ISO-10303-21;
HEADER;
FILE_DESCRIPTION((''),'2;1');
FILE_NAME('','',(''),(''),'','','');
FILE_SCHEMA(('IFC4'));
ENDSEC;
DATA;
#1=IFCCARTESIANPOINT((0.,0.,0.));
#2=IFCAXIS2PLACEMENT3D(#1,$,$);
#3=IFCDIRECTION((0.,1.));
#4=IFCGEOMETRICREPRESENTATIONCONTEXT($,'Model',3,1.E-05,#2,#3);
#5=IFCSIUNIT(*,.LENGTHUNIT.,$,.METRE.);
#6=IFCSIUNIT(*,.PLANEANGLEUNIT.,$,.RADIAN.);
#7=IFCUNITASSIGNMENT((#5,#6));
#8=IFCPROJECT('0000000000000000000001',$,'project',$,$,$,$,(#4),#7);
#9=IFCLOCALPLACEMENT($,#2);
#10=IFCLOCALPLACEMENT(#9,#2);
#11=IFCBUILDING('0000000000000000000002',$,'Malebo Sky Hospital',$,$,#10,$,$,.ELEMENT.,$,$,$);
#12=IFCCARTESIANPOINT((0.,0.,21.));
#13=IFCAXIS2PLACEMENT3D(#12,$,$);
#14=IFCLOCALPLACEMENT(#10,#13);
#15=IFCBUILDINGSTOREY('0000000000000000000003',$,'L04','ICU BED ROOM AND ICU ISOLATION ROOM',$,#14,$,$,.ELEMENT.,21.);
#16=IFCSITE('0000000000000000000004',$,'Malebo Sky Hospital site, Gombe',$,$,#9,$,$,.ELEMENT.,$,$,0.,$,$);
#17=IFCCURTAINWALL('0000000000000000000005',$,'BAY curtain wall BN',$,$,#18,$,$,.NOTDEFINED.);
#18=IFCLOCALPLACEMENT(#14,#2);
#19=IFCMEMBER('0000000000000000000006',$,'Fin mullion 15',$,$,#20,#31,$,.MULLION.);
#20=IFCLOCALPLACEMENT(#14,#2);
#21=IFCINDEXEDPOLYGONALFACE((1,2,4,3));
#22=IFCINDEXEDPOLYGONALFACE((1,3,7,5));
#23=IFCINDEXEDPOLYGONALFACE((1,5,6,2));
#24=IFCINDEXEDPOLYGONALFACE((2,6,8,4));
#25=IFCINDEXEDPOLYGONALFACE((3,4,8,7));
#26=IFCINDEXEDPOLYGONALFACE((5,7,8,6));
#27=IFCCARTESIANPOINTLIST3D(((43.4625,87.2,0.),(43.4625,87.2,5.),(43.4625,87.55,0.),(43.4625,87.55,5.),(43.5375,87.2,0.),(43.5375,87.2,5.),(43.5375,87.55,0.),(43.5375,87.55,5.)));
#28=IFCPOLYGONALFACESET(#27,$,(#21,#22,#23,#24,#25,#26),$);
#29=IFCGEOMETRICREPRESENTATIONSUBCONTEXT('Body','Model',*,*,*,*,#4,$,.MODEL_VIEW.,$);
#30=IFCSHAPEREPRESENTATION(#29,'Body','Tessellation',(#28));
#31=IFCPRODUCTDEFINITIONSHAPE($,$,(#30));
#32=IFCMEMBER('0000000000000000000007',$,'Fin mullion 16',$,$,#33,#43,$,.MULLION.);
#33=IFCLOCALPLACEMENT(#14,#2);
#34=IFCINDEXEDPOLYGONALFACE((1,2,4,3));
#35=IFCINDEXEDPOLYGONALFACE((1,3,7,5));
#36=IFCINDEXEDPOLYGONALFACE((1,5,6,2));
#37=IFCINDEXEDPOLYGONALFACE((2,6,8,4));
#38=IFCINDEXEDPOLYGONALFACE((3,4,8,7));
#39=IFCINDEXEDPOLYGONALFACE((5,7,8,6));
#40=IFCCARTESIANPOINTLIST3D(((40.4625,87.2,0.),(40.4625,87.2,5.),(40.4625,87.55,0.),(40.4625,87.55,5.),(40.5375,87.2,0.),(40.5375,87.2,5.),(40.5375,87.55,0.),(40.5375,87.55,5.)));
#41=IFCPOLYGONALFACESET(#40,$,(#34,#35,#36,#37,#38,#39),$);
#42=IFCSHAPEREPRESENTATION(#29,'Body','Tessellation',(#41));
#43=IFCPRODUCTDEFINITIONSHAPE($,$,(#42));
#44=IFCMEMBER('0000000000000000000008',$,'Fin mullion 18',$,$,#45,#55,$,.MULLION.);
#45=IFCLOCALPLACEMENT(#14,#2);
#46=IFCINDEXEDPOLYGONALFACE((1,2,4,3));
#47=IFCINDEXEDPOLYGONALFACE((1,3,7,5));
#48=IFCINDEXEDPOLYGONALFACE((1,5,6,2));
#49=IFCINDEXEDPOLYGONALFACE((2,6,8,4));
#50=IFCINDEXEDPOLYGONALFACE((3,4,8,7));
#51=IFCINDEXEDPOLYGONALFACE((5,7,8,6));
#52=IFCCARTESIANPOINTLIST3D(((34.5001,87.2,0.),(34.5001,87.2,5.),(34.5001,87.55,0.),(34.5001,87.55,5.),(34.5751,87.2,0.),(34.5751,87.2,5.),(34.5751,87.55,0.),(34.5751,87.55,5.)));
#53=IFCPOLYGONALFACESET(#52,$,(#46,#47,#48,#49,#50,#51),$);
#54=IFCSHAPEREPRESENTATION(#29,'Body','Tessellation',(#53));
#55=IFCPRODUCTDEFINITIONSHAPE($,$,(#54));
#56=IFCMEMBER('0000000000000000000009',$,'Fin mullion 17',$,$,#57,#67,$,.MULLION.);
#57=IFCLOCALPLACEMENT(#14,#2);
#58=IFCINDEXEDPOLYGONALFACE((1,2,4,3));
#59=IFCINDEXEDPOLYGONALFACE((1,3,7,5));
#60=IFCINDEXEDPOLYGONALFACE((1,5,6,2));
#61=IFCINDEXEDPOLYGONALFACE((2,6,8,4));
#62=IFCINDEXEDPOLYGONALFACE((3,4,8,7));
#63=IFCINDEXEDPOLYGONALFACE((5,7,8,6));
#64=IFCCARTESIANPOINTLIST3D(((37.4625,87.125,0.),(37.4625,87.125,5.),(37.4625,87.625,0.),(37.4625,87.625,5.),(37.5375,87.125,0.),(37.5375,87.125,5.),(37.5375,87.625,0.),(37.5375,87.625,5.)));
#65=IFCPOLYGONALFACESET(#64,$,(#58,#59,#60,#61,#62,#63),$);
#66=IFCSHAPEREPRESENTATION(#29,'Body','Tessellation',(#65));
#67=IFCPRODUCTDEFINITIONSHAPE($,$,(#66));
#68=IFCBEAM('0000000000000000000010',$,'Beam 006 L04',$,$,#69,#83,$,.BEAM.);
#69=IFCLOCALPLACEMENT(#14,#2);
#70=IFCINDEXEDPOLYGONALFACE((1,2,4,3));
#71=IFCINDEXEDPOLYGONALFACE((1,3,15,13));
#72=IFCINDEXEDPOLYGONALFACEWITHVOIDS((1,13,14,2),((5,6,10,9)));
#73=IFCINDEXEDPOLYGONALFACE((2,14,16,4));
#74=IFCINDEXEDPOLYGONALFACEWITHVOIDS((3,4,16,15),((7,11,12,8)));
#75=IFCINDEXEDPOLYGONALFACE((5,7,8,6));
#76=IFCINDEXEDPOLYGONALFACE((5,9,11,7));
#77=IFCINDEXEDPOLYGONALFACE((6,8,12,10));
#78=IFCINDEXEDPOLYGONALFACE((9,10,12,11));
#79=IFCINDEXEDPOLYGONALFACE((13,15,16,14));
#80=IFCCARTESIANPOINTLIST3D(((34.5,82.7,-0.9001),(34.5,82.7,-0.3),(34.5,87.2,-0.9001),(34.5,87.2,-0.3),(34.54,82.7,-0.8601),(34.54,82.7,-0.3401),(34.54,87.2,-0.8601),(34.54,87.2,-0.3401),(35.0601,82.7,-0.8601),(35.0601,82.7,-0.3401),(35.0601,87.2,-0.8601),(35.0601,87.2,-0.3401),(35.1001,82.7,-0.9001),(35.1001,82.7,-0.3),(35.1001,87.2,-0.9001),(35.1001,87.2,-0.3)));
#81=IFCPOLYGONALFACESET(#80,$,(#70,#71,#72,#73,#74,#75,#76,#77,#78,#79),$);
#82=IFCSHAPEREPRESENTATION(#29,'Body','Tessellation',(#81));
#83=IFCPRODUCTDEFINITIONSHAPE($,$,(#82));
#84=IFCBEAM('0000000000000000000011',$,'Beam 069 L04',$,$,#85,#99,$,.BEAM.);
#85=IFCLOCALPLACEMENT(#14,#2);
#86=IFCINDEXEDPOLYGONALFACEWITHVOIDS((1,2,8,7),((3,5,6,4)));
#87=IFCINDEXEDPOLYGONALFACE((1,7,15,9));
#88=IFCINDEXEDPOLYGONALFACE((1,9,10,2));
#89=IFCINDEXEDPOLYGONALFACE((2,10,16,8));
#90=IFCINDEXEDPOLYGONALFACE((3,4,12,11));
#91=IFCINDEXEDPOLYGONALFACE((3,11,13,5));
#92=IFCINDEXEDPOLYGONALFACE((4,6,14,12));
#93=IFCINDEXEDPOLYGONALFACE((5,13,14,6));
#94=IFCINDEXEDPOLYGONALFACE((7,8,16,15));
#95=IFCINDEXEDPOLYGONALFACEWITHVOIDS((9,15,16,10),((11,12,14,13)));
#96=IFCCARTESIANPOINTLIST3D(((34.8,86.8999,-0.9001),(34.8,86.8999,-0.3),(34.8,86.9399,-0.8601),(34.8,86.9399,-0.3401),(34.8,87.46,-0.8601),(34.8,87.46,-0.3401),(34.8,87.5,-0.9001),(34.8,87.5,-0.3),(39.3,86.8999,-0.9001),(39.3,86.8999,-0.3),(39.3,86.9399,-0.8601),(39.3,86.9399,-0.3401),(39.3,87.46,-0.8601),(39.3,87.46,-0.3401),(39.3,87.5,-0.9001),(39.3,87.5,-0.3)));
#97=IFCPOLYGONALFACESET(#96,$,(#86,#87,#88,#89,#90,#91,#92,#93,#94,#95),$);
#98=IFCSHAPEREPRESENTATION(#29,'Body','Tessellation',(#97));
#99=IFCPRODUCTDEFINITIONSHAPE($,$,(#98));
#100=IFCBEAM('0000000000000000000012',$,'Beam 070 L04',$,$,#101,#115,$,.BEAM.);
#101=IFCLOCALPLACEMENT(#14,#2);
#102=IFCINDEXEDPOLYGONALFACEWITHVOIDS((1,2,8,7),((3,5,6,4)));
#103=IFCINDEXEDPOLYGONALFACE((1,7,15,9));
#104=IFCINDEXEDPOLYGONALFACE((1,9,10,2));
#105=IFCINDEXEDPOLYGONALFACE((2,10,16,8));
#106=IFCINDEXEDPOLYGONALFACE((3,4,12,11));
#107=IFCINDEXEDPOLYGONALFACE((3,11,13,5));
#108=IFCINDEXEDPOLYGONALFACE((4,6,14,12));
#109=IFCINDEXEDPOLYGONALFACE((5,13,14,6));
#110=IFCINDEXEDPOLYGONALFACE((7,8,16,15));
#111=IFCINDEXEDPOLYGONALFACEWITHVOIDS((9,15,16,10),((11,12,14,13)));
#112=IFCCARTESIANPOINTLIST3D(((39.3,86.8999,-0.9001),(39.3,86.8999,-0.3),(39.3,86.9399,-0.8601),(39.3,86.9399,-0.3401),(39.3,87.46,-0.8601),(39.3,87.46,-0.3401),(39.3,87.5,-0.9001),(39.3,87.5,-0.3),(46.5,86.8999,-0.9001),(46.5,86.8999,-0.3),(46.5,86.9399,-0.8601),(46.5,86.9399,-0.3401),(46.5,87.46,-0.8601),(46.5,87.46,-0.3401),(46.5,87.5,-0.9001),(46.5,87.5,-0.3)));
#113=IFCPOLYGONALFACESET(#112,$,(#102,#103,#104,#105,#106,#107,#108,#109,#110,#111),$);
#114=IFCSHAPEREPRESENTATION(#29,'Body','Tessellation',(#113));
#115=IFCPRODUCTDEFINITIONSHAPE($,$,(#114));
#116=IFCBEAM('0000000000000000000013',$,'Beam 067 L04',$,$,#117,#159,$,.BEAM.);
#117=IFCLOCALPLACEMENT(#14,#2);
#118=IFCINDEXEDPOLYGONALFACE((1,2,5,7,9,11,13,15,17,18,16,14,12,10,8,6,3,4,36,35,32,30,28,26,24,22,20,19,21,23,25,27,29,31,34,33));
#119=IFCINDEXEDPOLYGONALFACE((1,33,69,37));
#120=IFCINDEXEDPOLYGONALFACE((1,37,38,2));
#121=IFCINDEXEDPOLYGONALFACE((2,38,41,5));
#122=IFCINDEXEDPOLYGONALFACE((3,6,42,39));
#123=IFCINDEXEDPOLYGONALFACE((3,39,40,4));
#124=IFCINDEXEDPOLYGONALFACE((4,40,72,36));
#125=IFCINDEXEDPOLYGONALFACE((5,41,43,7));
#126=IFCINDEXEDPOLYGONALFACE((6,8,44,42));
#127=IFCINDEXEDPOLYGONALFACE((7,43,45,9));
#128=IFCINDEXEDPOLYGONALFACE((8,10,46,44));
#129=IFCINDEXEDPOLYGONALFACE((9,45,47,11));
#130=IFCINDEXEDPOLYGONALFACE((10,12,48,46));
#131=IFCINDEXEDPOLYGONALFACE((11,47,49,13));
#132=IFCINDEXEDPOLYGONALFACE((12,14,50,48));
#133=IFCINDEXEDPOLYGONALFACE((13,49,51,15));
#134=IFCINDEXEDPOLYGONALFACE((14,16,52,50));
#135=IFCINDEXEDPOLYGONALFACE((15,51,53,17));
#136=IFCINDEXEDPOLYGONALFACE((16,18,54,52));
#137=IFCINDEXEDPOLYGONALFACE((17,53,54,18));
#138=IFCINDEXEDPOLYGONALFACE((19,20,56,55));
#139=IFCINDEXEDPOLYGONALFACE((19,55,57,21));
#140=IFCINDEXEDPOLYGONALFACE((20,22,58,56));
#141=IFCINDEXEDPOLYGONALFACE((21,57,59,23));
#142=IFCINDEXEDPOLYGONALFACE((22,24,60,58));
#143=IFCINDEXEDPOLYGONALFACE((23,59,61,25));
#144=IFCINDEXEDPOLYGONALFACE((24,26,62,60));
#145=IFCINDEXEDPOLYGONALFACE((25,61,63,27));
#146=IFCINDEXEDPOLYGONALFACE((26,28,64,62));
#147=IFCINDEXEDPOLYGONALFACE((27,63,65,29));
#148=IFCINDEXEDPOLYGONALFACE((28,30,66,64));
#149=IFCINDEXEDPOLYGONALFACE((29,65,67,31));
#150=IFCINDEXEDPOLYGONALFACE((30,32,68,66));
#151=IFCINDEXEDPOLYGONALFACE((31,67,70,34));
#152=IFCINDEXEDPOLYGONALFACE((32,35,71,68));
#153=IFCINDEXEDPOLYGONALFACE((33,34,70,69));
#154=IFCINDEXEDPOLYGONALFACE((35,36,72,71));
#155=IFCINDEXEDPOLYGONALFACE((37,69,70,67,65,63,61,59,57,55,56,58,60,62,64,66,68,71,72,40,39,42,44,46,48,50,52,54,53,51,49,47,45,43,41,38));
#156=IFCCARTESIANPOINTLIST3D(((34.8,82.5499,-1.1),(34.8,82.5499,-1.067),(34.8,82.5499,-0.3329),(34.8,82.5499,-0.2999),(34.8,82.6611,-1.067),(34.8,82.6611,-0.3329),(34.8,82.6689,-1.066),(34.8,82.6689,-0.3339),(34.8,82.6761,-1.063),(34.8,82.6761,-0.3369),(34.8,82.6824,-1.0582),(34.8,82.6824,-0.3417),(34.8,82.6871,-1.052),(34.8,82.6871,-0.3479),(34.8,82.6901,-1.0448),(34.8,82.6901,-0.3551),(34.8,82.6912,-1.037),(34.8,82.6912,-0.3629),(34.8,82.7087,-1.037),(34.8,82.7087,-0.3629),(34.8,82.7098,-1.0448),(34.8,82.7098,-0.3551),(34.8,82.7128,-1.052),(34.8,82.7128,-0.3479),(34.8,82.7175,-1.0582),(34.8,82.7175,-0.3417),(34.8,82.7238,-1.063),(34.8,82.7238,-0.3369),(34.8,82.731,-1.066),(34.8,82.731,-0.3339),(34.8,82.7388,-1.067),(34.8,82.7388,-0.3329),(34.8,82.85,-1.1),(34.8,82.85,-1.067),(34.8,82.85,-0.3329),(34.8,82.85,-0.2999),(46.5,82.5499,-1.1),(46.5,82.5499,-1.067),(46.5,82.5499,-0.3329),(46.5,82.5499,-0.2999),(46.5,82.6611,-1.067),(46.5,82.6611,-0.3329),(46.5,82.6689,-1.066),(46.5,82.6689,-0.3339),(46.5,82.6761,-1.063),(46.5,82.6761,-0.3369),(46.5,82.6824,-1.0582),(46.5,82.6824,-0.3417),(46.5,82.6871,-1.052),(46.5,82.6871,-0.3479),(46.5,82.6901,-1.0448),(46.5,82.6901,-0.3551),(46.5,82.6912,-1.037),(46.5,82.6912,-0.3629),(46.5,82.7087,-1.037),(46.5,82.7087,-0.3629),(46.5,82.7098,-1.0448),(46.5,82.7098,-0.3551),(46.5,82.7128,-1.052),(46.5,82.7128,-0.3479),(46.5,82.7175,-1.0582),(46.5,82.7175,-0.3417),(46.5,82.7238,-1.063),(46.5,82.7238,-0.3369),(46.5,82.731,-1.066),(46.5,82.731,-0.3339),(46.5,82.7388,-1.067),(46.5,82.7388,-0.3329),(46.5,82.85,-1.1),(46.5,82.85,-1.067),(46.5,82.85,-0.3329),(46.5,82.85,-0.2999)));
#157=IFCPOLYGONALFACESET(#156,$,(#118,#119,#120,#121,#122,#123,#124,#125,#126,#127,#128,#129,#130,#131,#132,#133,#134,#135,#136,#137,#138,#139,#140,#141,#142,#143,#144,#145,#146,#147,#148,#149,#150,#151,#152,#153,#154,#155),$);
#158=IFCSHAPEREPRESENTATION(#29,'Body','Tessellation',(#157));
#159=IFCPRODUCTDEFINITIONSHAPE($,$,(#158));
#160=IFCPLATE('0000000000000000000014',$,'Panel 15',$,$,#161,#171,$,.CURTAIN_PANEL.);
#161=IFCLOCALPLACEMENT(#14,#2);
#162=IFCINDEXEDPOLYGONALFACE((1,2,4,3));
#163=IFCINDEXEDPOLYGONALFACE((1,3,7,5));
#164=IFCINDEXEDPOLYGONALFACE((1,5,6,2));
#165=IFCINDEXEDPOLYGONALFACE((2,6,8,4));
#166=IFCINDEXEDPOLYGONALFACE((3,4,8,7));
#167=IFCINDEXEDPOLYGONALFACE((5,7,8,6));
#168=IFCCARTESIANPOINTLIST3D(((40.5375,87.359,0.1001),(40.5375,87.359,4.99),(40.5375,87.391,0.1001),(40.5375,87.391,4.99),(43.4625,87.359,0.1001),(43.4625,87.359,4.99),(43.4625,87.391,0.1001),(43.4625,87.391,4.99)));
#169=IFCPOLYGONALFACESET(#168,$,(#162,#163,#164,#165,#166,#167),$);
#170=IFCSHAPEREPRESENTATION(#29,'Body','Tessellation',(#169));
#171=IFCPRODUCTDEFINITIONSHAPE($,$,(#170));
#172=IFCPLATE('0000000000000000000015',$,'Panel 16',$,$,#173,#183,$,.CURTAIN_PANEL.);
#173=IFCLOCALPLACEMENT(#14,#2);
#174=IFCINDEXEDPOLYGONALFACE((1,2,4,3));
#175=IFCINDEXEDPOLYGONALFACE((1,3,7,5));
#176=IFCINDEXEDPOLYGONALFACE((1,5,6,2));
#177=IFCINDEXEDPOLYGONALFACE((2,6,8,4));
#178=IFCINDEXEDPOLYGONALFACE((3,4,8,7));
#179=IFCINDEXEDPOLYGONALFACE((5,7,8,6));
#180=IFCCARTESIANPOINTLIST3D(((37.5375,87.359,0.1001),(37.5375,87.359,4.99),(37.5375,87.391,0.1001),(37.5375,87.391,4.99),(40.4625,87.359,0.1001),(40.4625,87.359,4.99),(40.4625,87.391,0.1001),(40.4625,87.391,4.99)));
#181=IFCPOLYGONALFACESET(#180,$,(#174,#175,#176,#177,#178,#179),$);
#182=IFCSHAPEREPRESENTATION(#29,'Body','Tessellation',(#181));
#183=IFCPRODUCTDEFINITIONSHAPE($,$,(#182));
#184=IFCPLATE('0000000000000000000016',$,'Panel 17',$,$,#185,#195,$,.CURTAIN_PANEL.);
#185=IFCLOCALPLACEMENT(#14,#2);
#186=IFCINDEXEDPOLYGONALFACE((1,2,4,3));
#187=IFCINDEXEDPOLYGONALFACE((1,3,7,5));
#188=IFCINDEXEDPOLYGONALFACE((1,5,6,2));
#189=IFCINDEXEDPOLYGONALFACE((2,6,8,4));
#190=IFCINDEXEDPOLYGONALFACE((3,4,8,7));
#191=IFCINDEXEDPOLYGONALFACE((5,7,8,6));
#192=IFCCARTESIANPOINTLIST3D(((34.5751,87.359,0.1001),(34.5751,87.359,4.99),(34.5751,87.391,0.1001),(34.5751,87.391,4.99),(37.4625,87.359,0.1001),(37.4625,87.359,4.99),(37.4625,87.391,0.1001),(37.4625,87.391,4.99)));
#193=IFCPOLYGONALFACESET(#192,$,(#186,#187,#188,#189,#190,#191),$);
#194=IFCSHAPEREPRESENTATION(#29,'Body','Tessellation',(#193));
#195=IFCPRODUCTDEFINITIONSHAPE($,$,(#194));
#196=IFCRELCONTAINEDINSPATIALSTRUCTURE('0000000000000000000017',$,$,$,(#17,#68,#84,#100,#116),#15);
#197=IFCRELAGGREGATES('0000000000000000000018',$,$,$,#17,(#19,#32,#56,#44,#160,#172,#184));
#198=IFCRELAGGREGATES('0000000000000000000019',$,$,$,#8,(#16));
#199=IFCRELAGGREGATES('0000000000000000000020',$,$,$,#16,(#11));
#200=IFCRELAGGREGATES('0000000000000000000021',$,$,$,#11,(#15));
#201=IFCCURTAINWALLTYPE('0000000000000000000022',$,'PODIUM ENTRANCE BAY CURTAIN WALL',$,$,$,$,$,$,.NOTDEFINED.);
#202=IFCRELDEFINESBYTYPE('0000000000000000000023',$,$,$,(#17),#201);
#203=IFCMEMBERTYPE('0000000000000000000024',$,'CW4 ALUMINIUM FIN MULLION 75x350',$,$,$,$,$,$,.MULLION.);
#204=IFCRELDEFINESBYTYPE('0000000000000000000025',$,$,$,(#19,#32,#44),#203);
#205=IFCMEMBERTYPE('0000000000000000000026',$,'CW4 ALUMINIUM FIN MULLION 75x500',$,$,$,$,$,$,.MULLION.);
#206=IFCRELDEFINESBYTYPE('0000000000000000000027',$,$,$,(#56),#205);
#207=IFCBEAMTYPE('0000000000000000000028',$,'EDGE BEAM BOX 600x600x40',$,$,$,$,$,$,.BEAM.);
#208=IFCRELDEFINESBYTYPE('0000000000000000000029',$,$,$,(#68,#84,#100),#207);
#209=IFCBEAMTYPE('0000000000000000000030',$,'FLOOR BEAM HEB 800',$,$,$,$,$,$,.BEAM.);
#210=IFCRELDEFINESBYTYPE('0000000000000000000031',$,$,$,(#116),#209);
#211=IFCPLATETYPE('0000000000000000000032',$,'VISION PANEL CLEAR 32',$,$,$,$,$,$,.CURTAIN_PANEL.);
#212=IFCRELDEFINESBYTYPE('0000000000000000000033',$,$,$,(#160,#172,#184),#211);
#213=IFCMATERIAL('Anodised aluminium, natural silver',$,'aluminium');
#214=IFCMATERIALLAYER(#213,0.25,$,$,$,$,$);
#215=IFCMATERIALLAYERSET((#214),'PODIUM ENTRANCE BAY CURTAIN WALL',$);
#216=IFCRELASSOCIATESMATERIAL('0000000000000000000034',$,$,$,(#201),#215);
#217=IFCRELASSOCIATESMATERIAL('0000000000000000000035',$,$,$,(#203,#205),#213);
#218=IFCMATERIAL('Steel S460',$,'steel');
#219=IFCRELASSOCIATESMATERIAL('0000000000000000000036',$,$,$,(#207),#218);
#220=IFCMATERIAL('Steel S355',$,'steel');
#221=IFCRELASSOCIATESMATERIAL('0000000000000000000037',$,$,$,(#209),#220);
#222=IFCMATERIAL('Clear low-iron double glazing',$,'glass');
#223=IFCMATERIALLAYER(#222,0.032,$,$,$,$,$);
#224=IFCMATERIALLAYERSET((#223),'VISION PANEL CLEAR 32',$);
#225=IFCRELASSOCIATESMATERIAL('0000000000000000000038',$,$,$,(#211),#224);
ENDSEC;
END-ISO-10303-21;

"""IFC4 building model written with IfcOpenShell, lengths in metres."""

from ifc_helpers import new_model, si_unit, direction, frame, origin, origin_2d, place, context, subcontext, project, spatial, rectangle, hollow_rectangle, i_section, extrude, material, layer, layer_set, material_profile, profile_set, type_object, element, aggregate, save


model = new_model("IFC4")

# Units and contexts
model_context = context("Model", 3, precision=1e-05, world=origin(), true_north=direction((0.0, 1.0)))
body_context = subcontext(model_context, "Body", "Model", "MODEL_VIEW")
ifc_project = project(units=[si_unit("LENGTHUNIT", "METRE"), si_unit("PLANEANGLEUNIT", "RADIAN")], contexts=[model_context])

# Site, building, storey
site_placement = place(None, origin())
site = spatial("IfcSite", under=ifc_project, at=site_placement, Name="Malebo Sky Hospital site, Gombe", CompositionType="ELEMENT", RefElevation=0.0)
building_placement = place(site_placement, origin())
building = spatial("IfcBuilding", under=site, at=building_placement, Name="Malebo Sky Hospital", CompositionType="ELEMENT")
storey_placement = place(building_placement, frame((0.0, 0.0, 21.0)))
storey = spatial("IfcBuildingStorey", under=building, at=storey_placement, Name="L04", Description="ICU BED ROOM AND ICU ISOLATION ROOM", CompositionType="ELEMENT", Elevation=21.0)

# Shared definitions
ifc_material_1 = material(Name="Steel S460", Category="steel")
ifc_material_2 = material(Name="Steel S355", Category="steel")

# Shared definitions
ifc_material_3 = material(Name="Anodised aluminium, natural silver", Category="aluminium")

# Curtain wall
ifc_layer_1 = layer(ifc_material_3, 0.25)
ifc_layer_set_1 = layer_set([ifc_layer_1], Name="PODIUM ENTRANCE BAY CURTAIN WALL")
curtain_wall_type_1 = type_object("IfcCurtainWallType", Name="PODIUM ENTRANCE BAY CURTAIN WALL", PredefinedType="NOTDEFINED", material=ifc_layer_set_1)
curtain_wall_1_placement = place(storey_placement, origin())
curtain_wall_1 = element("IfcCurtainWall", 1, at=curtain_wall_1_placement, inside=storey, type_object=curtain_wall_type_1, Name="BAY curtain wall BN", PredefinedType="NOTDEFINED")

# Members
ifc_material_profile_1 = material_profile(ifc_material_3, rectangle(XDim=0.075, YDim=0.3501, at=origin_2d()), Name="CW4 ALUMINIUM FIN MULLION 75x350")
ifc_profile_set_1 = profile_set([ifc_material_profile_1], Name="Anodised aluminium, natural silver")
member_type_1 = type_object("IfcMemberType", Name="CW4 ALUMINIUM FIN MULLION 75x350", PredefinedType="MULLION", material=ifc_profile_set_1)
member_1_placement = place(storey_placement, frame((43.5, 87.375, 0.0), z_axis=(0.0, 0.0, 1.0), x_axis=(-1.0, 0.0, 0.0)))
member_1 = element("IfcMember", 2, at=member_1_placement, type_object=member_type_1, Name="Fin mullion 15", PredefinedType="MULLION", context=body_context, shape_type="SweptSolid", body=[
    extrude(rectangle(XDim=0.075, YDim=0.3501, at=origin_2d()), origin(), (0.0, 0.0, 1.0), 5.0),
])
member_2_placement = place(storey_placement, frame((40.5, 87.375, 0.0), z_axis=(0.0, 0.0, 1.0), x_axis=(-1.0, 0.0, 0.0)))
member_2 = element("IfcMember", 3, at=member_2_placement, type_object=member_type_1, Name="Fin mullion 16", PredefinedType="MULLION", context=body_context, shape_type="SweptSolid", body=[
    extrude(rectangle(XDim=0.075, YDim=0.3501, at=origin_2d()), origin(), (0.0, 0.0, 1.0), 5.0),
])
member_3_placement = place(storey_placement, frame((34.5376, 87.375, 0.0), z_axis=(0.0, 0.0, 1.0), x_axis=(-1.0, 0.0, 0.0)))
member_3 = element("IfcMember", 4, at=member_3_placement, type_object=member_type_1, Name="Fin mullion 18", PredefinedType="MULLION", context=body_context, shape_type="SweptSolid", body=[
    extrude(rectangle(XDim=0.075, YDim=0.3501, at=origin_2d()), origin(), (0.0, 0.0, 1.0), 5.0),
])
ifc_material_profile_2 = material_profile(ifc_material_3, rectangle(XDim=0.075, YDim=0.5, at=origin_2d()), Name="CW4 ALUMINIUM FIN MULLION 75x500")
ifc_profile_set_2 = profile_set([ifc_material_profile_2], Name="Anodised aluminium, natural silver")
member_type_2 = type_object("IfcMemberType", Name="CW4 ALUMINIUM FIN MULLION 75x500", PredefinedType="MULLION", material=ifc_profile_set_2)
member_4_placement = place(storey_placement, frame((37.5, 87.375, 0.0), z_axis=(0.0, 0.0, 1.0), x_axis=(-1.0, 0.0, 0.0)))
member_4 = element("IfcMember", 5, at=member_4_placement, type_object=member_type_2, Name="Fin mullion 17", PredefinedType="MULLION", context=body_context, shape_type="SweptSolid", body=[
    extrude(rectangle(XDim=0.075, YDim=0.5, at=origin_2d()), origin(), (0.0, 0.0, 1.0), 5.0),
])

# Beams
ifc_material_profile_3 = material_profile(ifc_material_1, hollow_rectangle(XDim=0.6001, YDim=0.6001, WallThickness=0.04, at=origin_2d()), Name="BOX 600x600x40")
ifc_profile_set_3 = profile_set([ifc_material_profile_3], Name="Steel S460")
beam_type_1 = type_object("IfcBeamType", Name="EDGE BEAM BOX 600x600x40", PredefinedType="BEAM", material=ifc_profile_set_3)
for number, where, z_axis, x_axis, name in (
    (6, (34.8, 82.7, -0.6001), (0.0, 1.0, 0.0), (-1.0, 0.0, 0.0), "Beam 006 L04"),
    (7, (34.8, 87.2, -0.6001), (1.0, 0.0, 0.0), (0.0, 1.0, 0.0), "Beam 069 L04"),
):
    element("IfcBeam", number, at=place(storey_placement, frame(where, z_axis=z_axis, x_axis=x_axis)), inside=storey, type_object=beam_type_1, Name=name, PredefinedType="BEAM", context=body_context, shape_type="SweptSolid", body=[
        extrude(hollow_rectangle(XDim=0.6001, YDim=0.6001, WallThickness=0.04, at=origin_2d()), origin(), (0.0, 0.0, 1.0), 4.5),
    ])
beam_1_placement = place(storey_placement, frame((39.3, 87.2, -0.6001), z_axis=(1.0, 0.0, 0.0), x_axis=(0.0, 1.0, 0.0)))
element("IfcBeam", 8, at=beam_1_placement, inside=storey, type_object=beam_type_1, Name="Beam 070 L04", PredefinedType="BEAM", context=body_context, shape_type="SweptSolid", body=[
    extrude(hollow_rectangle(XDim=0.6001, YDim=0.6001, WallThickness=0.04, at=origin_2d()), origin(), (0.0, 0.0, 1.0), 7.2),
])
ifc_material_profile_4 = material_profile(ifc_material_2, i_section(OverallWidth=0.3, OverallDepth=0.8, WebThickness=0.0176, FlangeThickness=0.033, FilletRadius=0.03, at=origin_2d()), Name="HEB 800")
ifc_profile_set_4 = profile_set([ifc_material_profile_4], Name="Steel S355")
beam_type_2 = type_object("IfcBeamType", Name="FLOOR BEAM HEB 800", PredefinedType="BEAM", material=ifc_profile_set_4)
beam_2_placement = place(storey_placement, frame((34.8, 82.7, -0.7), z_axis=(1.0, 0.0, 0.0), x_axis=(0.0, 1.0, 0.0)))
element("IfcBeam", 9, at=beam_2_placement, inside=storey, type_object=beam_type_2, Name="Beam 067 L04", PredefinedType="BEAM", context=body_context, shape_type="SweptSolid", body=[
    extrude(i_section(OverallWidth=0.3, OverallDepth=0.8, WebThickness=0.0176, FlangeThickness=0.033, FilletRadius=0.03, at=origin_2d()), origin(), (0.0, 0.0, 1.0), 11.7),
])

# Plates
ifc_material_4 = material(Name="Clear low-iron double glazing", Category="glass")
ifc_layer_2 = layer(ifc_material_4, 0.032)
ifc_layer_set_2 = layer_set([ifc_layer_2], Name="VISION PANEL CLEAR 32")
plate_type = type_object("IfcPlateType", Name="VISION PANEL CLEAR 32", PredefinedType="CURTAIN_PANEL", material=ifc_layer_set_2)
plate_1_placement = place(storey_placement, frame((42.0, 87.375, 0.1001), z_axis=(0.0, 0.0, 1.0), x_axis=(-1.0, 0.0, 0.0)))
plate_1 = element("IfcPlate", 10, at=plate_1_placement, type_object=plate_type, Name="Panel 15", PredefinedType="CURTAIN_PANEL", context=body_context, shape_type="SweptSolid", body=[
    extrude(rectangle(XDim=2.925, YDim=0.032, at=origin_2d()), origin(), (0.0, 0.0, 1.0), 4.8899),
])
plate_2_placement = place(storey_placement, frame((39.0, 87.375, 0.1001), z_axis=(0.0, 0.0, 1.0), x_axis=(-1.0, 0.0, 0.0)))
plate_2 = element("IfcPlate", 11, at=plate_2_placement, type_object=plate_type, Name="Panel 16", PredefinedType="CURTAIN_PANEL", context=body_context, shape_type="SweptSolid", body=[
    extrude(rectangle(XDim=2.925, YDim=0.032, at=origin_2d()), origin(), (0.0, 0.0, 1.0), 4.8899),
])
plate_3_placement = place(storey_placement, frame((36.0188, 87.375, 0.1001), z_axis=(0.0, 0.0, 1.0), x_axis=(-1.0, 0.0, 0.0)))
plate_3 = element("IfcPlate", 12, at=plate_3_placement, type_object=plate_type, Name="Panel 17", PredefinedType="CURTAIN_PANEL", context=body_context, shape_type="SweptSolid", body=[
    extrude(rectangle(XDim=2.8875, YDim=0.032, at=origin_2d()), origin(), (0.0, 0.0, 1.0), 4.8899),
])
aggregate(curtain_wall_1, [member_1, member_2, member_4, member_3, plate_1, plate_2, plate_3])

save(model, "model.ifc")
